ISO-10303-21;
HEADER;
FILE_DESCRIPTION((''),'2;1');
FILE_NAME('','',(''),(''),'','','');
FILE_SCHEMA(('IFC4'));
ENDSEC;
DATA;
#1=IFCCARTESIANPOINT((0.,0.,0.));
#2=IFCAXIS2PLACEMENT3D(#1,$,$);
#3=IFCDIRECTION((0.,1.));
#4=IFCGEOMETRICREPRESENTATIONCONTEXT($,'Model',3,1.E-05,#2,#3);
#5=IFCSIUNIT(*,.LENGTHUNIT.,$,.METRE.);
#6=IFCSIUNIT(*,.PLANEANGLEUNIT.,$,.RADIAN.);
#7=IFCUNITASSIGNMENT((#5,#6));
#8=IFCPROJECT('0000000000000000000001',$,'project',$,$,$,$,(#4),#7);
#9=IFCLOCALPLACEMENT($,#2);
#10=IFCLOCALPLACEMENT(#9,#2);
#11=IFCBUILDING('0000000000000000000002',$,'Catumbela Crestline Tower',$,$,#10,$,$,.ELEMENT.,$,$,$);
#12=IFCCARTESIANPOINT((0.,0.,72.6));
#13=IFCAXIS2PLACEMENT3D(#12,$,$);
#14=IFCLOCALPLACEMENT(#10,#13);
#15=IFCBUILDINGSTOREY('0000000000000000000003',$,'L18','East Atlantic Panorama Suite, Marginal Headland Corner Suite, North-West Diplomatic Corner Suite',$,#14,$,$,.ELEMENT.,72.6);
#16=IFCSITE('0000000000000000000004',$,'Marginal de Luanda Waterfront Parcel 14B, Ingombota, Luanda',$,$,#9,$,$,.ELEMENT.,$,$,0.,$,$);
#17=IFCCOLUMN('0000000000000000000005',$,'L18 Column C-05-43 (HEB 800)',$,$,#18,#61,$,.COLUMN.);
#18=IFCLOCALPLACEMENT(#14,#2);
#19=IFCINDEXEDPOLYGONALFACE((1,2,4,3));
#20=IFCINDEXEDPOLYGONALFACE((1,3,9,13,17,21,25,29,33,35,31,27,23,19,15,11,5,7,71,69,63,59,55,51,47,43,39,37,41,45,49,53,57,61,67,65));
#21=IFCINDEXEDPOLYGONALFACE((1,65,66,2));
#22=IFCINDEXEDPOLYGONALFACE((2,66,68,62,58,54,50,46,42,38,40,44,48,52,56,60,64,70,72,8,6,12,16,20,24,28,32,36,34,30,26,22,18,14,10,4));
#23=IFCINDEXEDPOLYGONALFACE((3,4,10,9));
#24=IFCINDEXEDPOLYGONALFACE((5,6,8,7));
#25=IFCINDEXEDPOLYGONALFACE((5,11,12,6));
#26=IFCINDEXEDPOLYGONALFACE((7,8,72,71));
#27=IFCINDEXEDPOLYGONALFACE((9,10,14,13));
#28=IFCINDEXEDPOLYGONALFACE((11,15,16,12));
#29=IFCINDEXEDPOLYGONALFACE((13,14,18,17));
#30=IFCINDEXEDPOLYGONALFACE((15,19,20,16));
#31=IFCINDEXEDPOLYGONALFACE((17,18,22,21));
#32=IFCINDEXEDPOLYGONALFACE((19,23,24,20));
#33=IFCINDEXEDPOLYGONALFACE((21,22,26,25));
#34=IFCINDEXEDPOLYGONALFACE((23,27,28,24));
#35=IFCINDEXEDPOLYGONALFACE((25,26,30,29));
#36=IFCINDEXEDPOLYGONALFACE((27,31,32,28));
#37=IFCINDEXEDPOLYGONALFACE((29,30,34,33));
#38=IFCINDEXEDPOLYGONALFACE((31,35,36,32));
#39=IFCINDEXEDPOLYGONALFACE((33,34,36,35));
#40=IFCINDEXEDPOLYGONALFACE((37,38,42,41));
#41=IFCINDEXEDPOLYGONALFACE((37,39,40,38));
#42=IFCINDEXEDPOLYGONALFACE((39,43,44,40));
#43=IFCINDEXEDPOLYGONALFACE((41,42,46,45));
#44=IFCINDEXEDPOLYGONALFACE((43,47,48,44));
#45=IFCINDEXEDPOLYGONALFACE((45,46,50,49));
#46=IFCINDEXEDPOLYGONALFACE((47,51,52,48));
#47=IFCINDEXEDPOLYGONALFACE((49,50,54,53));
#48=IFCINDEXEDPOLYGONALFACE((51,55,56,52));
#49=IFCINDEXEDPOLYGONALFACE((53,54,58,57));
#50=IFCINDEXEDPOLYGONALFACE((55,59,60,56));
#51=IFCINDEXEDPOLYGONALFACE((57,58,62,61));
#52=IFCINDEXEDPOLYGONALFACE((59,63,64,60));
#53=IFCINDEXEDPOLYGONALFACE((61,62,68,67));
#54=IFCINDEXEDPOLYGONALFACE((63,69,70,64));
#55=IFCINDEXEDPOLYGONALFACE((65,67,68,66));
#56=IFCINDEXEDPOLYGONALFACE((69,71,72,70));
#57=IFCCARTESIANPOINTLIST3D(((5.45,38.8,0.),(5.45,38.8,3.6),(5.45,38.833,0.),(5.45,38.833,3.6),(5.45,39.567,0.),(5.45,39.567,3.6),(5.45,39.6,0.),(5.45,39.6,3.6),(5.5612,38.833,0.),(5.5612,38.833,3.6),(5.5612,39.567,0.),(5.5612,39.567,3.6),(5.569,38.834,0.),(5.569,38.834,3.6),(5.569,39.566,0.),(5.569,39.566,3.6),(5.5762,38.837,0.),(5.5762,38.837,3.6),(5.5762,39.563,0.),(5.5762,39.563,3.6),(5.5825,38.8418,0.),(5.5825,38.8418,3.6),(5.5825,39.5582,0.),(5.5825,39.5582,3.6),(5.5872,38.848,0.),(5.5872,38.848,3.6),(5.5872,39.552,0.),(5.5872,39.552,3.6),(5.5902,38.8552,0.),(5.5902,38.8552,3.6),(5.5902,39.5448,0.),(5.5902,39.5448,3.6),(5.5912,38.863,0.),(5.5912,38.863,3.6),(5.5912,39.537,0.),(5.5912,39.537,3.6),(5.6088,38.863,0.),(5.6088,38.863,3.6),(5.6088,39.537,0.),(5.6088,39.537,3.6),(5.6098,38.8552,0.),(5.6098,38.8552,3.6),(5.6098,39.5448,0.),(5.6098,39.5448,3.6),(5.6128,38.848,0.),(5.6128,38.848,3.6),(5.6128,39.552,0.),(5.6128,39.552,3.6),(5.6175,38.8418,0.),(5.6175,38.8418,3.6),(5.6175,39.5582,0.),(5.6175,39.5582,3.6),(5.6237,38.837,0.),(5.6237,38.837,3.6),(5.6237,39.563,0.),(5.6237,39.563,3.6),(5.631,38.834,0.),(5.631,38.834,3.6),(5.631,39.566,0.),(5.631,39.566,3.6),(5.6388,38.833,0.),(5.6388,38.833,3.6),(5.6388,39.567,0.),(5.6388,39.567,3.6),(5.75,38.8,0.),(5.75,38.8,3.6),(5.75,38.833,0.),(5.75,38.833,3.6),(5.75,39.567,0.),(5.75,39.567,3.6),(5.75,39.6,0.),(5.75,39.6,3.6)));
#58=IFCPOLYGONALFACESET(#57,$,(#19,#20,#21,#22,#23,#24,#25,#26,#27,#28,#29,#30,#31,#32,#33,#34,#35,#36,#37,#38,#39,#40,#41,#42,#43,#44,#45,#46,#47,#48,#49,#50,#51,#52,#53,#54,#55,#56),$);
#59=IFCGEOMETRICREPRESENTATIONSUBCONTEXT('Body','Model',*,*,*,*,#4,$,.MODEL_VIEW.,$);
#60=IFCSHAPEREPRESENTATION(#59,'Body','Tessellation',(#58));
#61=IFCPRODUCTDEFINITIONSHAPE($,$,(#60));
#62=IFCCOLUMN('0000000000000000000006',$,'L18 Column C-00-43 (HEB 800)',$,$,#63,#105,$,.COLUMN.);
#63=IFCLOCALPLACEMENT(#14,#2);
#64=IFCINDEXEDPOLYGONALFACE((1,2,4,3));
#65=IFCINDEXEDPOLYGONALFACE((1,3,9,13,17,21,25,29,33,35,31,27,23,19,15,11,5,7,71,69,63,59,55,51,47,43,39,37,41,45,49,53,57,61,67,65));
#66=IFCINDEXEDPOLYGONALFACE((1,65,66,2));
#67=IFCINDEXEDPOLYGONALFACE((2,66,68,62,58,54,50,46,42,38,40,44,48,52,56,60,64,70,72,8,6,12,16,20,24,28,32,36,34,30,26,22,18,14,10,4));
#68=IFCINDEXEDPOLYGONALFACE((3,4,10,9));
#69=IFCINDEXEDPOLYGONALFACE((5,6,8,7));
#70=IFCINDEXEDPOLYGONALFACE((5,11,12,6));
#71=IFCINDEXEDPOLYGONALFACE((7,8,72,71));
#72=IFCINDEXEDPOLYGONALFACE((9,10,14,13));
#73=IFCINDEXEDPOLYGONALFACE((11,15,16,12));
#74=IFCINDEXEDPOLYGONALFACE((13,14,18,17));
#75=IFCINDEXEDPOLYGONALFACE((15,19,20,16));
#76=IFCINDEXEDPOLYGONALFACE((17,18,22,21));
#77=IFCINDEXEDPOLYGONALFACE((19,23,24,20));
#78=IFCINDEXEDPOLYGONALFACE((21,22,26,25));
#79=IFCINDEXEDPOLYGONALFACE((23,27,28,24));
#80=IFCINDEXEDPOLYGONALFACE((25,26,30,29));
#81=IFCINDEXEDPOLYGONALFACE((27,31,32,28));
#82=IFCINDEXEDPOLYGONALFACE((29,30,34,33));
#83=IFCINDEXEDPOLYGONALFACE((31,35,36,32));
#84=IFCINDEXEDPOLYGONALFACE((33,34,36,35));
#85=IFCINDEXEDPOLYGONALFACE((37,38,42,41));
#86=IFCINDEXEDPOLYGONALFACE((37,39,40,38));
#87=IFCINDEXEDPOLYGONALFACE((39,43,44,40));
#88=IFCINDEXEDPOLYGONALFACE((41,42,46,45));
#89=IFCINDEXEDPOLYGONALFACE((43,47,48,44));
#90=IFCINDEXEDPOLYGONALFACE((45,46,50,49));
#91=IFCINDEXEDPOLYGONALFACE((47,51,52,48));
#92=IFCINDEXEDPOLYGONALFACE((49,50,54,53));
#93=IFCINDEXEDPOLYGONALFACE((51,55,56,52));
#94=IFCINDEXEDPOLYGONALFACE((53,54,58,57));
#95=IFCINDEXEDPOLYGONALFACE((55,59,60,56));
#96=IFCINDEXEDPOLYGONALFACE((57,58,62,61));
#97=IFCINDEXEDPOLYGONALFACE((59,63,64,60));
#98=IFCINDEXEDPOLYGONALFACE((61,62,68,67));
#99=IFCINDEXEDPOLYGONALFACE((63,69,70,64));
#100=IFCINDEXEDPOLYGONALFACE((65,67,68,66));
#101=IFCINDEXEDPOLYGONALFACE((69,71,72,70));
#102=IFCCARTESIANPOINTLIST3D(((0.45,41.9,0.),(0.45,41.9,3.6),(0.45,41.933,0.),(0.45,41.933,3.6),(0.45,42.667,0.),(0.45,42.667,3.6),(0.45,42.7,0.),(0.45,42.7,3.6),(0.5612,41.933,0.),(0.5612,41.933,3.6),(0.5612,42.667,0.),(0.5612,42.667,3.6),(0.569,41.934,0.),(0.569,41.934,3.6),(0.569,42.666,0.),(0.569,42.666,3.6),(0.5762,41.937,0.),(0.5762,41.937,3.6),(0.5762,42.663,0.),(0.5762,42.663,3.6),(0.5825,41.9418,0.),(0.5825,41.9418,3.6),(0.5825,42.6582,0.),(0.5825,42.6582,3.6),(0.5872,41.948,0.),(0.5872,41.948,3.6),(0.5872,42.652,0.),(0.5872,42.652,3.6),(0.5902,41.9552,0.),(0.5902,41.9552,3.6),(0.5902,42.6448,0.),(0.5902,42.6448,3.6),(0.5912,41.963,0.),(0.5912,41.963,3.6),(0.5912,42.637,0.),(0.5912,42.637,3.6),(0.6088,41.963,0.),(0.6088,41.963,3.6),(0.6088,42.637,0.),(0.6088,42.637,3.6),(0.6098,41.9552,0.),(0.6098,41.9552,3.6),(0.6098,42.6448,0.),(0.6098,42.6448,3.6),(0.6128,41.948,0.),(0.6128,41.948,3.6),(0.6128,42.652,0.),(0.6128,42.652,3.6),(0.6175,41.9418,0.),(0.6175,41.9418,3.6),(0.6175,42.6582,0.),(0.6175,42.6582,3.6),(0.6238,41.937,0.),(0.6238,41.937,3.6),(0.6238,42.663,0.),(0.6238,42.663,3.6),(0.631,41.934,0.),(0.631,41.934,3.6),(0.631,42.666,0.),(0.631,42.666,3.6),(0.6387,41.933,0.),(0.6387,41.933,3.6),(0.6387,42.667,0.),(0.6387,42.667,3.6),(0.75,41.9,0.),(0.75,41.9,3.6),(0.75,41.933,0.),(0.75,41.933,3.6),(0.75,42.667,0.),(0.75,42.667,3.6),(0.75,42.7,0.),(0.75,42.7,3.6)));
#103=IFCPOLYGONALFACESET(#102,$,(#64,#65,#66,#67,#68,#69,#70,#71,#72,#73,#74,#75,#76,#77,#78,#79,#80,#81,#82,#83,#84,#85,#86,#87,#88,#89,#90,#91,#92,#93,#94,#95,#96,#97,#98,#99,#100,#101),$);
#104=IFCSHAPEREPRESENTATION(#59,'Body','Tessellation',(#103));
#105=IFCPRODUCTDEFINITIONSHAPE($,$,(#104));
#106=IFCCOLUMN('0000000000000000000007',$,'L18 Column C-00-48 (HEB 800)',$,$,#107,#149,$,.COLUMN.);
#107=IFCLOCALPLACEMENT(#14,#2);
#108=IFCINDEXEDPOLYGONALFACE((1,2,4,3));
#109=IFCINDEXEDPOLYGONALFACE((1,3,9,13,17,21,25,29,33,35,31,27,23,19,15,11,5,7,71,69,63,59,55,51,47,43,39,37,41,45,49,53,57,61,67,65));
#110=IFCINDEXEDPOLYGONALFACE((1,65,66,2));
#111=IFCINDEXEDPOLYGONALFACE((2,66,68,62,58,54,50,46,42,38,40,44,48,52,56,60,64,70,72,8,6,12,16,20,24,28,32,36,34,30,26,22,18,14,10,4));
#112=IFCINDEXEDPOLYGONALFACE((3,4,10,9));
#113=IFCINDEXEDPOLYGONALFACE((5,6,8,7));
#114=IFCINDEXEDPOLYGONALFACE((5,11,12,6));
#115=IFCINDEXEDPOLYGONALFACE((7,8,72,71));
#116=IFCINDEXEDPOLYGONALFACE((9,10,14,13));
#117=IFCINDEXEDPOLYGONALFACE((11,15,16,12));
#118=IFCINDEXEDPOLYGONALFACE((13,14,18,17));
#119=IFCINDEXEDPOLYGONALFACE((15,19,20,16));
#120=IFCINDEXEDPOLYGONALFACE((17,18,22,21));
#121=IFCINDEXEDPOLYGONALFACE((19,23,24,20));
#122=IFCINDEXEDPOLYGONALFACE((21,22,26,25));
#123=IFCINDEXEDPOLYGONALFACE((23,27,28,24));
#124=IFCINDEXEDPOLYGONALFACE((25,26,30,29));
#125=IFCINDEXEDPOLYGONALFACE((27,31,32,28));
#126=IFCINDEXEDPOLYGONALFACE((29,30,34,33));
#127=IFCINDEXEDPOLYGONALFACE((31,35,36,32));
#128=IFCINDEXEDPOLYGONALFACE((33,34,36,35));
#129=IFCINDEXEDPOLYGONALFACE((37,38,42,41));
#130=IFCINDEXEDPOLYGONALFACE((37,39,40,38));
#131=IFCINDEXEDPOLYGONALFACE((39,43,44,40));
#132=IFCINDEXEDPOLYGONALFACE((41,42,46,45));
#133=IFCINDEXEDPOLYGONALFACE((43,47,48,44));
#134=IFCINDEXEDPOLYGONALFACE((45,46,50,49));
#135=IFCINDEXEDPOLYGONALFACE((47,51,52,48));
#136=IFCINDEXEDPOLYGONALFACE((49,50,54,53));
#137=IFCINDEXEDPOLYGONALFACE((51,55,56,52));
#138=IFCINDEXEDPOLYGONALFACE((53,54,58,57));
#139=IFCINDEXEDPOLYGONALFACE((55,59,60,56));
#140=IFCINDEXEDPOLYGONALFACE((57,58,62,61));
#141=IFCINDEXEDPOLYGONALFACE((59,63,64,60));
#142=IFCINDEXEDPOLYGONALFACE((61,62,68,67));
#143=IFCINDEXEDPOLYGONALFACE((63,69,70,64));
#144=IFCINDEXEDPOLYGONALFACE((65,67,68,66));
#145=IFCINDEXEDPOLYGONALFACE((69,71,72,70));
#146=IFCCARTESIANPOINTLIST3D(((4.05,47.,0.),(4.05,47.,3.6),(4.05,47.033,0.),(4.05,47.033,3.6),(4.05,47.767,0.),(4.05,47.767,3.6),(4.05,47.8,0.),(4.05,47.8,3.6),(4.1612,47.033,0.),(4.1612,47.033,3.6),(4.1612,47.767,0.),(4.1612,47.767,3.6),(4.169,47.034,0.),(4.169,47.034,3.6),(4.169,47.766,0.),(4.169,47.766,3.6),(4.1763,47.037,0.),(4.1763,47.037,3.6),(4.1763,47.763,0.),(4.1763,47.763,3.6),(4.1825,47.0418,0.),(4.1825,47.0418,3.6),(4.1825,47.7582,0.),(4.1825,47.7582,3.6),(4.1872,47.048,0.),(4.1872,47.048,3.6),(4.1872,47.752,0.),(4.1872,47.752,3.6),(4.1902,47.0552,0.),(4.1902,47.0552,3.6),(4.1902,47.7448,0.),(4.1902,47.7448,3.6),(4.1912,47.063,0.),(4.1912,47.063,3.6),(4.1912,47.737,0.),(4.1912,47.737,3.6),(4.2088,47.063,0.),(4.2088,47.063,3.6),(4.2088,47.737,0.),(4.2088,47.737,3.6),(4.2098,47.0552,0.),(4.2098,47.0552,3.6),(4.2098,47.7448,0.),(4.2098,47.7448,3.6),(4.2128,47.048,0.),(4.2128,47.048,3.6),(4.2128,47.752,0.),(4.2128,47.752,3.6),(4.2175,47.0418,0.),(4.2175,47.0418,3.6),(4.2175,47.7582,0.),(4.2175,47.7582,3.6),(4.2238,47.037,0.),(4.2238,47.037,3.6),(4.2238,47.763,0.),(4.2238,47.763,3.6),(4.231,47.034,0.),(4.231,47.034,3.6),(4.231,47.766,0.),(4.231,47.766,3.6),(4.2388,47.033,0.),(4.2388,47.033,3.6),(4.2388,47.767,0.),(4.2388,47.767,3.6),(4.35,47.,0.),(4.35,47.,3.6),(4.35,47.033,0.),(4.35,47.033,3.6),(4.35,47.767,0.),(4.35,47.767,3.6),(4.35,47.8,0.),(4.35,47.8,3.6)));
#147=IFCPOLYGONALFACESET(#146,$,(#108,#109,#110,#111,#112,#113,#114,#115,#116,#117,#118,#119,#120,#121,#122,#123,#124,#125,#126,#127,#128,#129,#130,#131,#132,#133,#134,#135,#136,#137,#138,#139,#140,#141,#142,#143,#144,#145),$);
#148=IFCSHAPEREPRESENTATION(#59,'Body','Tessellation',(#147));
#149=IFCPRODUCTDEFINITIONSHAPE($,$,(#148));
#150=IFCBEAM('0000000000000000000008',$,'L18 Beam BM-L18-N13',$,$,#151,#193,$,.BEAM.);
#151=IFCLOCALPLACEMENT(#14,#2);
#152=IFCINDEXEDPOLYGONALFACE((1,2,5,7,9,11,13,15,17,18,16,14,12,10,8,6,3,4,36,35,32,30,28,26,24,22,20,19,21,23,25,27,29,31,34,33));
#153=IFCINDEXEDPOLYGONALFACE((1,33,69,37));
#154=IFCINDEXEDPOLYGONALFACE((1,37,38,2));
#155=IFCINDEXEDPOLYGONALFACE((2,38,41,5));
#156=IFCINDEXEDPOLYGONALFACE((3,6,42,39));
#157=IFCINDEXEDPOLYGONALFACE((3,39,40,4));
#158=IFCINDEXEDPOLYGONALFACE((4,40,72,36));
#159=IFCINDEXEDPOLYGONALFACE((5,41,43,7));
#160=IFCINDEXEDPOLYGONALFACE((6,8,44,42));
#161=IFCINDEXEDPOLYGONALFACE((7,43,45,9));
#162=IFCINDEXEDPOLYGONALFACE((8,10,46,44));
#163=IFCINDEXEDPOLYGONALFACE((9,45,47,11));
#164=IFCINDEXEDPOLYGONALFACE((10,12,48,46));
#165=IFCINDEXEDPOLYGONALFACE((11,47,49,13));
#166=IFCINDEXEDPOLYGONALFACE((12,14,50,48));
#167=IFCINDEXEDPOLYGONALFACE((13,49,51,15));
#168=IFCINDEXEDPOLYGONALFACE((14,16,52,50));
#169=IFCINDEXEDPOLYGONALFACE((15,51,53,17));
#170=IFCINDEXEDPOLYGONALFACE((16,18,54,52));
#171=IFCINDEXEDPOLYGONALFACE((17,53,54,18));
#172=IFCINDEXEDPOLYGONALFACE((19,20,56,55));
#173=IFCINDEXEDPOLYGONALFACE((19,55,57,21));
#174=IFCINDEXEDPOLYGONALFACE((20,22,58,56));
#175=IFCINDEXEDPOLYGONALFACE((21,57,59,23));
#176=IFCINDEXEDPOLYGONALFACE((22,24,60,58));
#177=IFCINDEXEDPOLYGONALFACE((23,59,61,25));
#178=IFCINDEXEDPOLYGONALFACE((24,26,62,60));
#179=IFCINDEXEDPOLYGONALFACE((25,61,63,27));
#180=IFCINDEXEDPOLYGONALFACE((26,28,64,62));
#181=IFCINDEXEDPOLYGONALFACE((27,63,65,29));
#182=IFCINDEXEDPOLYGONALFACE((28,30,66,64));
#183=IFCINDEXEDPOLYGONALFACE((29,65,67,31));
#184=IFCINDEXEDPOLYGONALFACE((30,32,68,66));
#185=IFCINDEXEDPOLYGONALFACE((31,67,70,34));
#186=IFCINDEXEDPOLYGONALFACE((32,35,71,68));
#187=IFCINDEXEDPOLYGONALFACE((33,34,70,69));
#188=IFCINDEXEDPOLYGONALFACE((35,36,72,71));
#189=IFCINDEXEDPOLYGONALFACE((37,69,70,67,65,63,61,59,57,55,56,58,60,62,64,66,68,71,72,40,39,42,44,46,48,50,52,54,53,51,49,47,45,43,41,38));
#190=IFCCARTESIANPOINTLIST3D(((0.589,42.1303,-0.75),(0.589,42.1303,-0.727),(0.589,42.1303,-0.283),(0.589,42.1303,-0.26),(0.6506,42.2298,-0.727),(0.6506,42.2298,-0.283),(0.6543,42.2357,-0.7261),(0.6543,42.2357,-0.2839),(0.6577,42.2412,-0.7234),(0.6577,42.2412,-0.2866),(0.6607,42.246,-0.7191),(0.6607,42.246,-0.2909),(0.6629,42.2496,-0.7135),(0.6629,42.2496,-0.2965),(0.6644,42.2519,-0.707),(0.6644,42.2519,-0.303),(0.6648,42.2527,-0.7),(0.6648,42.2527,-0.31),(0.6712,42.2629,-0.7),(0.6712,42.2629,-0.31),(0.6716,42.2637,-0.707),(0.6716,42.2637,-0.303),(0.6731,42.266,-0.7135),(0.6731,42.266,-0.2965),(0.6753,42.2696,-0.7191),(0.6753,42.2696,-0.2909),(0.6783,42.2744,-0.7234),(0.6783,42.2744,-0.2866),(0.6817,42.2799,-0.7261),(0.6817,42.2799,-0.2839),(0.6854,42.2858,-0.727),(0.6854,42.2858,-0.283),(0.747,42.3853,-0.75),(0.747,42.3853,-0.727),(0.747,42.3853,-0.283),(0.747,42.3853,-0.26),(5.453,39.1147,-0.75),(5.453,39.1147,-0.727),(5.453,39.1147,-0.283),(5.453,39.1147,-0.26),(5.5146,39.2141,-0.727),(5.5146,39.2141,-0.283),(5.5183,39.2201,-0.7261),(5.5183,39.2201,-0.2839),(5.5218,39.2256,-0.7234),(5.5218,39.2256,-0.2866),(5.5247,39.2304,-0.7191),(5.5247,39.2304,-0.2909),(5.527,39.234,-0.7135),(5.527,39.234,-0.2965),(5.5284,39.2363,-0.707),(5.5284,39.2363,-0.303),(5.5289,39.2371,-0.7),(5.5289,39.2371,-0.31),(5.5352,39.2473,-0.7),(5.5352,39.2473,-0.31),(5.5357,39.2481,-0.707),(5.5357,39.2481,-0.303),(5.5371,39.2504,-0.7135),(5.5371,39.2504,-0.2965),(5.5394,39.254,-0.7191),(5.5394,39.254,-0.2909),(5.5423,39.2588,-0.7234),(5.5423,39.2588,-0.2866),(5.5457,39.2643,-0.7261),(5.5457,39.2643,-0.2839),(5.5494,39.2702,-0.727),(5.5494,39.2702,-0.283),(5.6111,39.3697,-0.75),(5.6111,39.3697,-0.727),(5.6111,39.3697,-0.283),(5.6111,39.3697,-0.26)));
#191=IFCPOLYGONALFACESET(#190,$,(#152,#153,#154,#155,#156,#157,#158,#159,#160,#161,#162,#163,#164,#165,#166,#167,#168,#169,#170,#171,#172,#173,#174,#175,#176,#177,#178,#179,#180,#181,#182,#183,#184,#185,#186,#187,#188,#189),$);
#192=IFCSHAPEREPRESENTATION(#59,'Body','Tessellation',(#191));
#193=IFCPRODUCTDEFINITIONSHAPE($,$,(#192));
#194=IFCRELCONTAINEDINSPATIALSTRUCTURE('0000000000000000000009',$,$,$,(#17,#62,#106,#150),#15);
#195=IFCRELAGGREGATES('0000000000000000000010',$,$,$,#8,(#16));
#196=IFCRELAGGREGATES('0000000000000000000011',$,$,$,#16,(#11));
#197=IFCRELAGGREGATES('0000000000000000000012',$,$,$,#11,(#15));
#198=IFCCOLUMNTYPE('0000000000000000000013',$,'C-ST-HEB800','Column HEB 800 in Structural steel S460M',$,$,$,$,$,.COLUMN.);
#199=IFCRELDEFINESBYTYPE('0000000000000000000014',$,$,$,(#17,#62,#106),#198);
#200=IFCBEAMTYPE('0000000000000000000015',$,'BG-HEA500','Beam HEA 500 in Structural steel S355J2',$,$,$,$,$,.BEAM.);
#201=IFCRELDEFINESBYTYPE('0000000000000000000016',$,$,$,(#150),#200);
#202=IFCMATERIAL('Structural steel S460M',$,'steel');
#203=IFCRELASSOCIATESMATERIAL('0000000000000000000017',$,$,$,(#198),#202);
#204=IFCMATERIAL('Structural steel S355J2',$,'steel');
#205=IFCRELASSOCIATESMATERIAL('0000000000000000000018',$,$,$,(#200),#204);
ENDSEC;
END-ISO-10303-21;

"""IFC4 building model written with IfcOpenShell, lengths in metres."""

from ifc_helpers import new_model, si_unit, direction, frame, origin, origin_2d, place, context, subcontext, project, spatial, i_section, extrude, material, material_profile, profile_set, type_object, element, save


model = new_model("IFC4")

# Units and contexts
model_context = context("Model", 3, precision=1e-05, world=origin(), true_north=direction((0.0, 1.0)))
body_context = subcontext(model_context, "Body", "Model", "MODEL_VIEW")
ifc_project = project(units=[si_unit("LENGTHUNIT", "METRE"), si_unit("PLANEANGLEUNIT", "RADIAN")], contexts=[model_context])

# Site, building, storey
site_placement = place(None, origin())
site = spatial("IfcSite", under=ifc_project, at=site_placement, Name="Marginal de Luanda Waterfront Parcel 14B, Ingombota, Luanda", CompositionType="ELEMENT", RefElevation=0.0)
building_placement = place(site_placement, origin())
building = spatial("IfcBuilding", under=site, at=building_placement, Name="Catumbela Crestline Tower", CompositionType="ELEMENT")
storey_placement = place(building_placement, frame((0.0, 0.0, 72.6)))
storey = spatial("IfcBuildingStorey", under=building, at=storey_placement, Name="L18", Description="East Atlantic Panorama Suite, Marginal Headland Corner Suite, North-West Diplomatic Corner Suite", CompositionType="ELEMENT", Elevation=72.6)

# Columns
ifc_material_1 = material(Name="Structural steel S460M", Category="steel")
ifc_material_profile_1 = material_profile(ifc_material_1, i_section(OverallWidth=0.3, OverallDepth=0.8, WebThickness=0.0175, FlangeThickness=0.033, FilletRadius=0.03, at=origin_2d()), Name="HEB 800")
ifc_profile_set_1 = profile_set([ifc_material_profile_1], Name="Structural steel S460M")
column_type = type_object("IfcColumnType", Name="C-ST-HEB800", Description="Column HEB 800 in Structural steel S460M", PredefinedType="COLUMN", material=ifc_profile_set_1)
for number, where, z_axis, x_axis, name in (
    (1, (5.6, 39.2, 0.0), (0.0, 0.0, 1.0), (1.0, 0.0, 0.0), "L18 Column C-05-43 (HEB 800)"),
    (2, (0.6, 42.3, 0.0), (0.0, 0.0, 1.0), (1.0, 0.0, 0.0), "L18 Column C-00-43 (HEB 800)"),
    (3, (4.2, 47.4, 0.0), (0.0, 0.0, 1.0), (1.0, 0.0, 0.0), "L18 Column C-00-48 (HEB 800)"),
):
    element("IfcColumn", number, at=place(storey_placement, frame(where, z_axis=z_axis, x_axis=x_axis)), inside=storey, type_object=column_type, Name=name, PredefinedType="COLUMN", context=body_context, shape_type="SweptSolid", body=[
        extrude(i_section(OverallWidth=0.3, OverallDepth=0.8, WebThickness=0.0175, FlangeThickness=0.033, FilletRadius=0.03, at=origin_2d()), origin(), (0.0, 0.0, 1.0), 3.6),
    ])

# Beam
ifc_material_2 = material(Name="Structural steel S355J2", Category="steel")
ifc_material_profile_2 = material_profile(ifc_material_2, i_section(OverallWidth=0.3, OverallDepth=0.49, WebThickness=0.012, FlangeThickness=0.023, FilletRadius=0.027, at=origin_2d()), Name="HEA 500")
ifc_profile_set_2 = profile_set([ifc_material_profile_2], Name="Structural steel S355J2")
beam_type_1 = type_object("IfcBeamType", Name="BG-HEA500", Description="Beam HEA 500 in Structural steel S355J2", PredefinedType="BEAM", material=ifc_profile_set_2)
beam_1_placement = place(storey_placement, frame((0.668, 42.2578, -0.505), z_axis=(0.849909, -0.52693, 0.0), x_axis=(0.52693, 0.849909, 0.0)))
element("IfcBeam", 4, at=beam_1_placement, inside=storey, type_object=beam_type_1, Name="L18 Beam BM-L18-N13", PredefinedType="BEAM", context=body_context, shape_type="SweptSolid", body=[
    extrude(i_section(OverallWidth=0.3, OverallDepth=0.49, WebThickness=0.012, FlangeThickness=0.023, FilletRadius=0.027, at=origin_2d()), origin(), (0.0, 0.0, 1.0), 5.723),
])

save(model, "model.ifc")
